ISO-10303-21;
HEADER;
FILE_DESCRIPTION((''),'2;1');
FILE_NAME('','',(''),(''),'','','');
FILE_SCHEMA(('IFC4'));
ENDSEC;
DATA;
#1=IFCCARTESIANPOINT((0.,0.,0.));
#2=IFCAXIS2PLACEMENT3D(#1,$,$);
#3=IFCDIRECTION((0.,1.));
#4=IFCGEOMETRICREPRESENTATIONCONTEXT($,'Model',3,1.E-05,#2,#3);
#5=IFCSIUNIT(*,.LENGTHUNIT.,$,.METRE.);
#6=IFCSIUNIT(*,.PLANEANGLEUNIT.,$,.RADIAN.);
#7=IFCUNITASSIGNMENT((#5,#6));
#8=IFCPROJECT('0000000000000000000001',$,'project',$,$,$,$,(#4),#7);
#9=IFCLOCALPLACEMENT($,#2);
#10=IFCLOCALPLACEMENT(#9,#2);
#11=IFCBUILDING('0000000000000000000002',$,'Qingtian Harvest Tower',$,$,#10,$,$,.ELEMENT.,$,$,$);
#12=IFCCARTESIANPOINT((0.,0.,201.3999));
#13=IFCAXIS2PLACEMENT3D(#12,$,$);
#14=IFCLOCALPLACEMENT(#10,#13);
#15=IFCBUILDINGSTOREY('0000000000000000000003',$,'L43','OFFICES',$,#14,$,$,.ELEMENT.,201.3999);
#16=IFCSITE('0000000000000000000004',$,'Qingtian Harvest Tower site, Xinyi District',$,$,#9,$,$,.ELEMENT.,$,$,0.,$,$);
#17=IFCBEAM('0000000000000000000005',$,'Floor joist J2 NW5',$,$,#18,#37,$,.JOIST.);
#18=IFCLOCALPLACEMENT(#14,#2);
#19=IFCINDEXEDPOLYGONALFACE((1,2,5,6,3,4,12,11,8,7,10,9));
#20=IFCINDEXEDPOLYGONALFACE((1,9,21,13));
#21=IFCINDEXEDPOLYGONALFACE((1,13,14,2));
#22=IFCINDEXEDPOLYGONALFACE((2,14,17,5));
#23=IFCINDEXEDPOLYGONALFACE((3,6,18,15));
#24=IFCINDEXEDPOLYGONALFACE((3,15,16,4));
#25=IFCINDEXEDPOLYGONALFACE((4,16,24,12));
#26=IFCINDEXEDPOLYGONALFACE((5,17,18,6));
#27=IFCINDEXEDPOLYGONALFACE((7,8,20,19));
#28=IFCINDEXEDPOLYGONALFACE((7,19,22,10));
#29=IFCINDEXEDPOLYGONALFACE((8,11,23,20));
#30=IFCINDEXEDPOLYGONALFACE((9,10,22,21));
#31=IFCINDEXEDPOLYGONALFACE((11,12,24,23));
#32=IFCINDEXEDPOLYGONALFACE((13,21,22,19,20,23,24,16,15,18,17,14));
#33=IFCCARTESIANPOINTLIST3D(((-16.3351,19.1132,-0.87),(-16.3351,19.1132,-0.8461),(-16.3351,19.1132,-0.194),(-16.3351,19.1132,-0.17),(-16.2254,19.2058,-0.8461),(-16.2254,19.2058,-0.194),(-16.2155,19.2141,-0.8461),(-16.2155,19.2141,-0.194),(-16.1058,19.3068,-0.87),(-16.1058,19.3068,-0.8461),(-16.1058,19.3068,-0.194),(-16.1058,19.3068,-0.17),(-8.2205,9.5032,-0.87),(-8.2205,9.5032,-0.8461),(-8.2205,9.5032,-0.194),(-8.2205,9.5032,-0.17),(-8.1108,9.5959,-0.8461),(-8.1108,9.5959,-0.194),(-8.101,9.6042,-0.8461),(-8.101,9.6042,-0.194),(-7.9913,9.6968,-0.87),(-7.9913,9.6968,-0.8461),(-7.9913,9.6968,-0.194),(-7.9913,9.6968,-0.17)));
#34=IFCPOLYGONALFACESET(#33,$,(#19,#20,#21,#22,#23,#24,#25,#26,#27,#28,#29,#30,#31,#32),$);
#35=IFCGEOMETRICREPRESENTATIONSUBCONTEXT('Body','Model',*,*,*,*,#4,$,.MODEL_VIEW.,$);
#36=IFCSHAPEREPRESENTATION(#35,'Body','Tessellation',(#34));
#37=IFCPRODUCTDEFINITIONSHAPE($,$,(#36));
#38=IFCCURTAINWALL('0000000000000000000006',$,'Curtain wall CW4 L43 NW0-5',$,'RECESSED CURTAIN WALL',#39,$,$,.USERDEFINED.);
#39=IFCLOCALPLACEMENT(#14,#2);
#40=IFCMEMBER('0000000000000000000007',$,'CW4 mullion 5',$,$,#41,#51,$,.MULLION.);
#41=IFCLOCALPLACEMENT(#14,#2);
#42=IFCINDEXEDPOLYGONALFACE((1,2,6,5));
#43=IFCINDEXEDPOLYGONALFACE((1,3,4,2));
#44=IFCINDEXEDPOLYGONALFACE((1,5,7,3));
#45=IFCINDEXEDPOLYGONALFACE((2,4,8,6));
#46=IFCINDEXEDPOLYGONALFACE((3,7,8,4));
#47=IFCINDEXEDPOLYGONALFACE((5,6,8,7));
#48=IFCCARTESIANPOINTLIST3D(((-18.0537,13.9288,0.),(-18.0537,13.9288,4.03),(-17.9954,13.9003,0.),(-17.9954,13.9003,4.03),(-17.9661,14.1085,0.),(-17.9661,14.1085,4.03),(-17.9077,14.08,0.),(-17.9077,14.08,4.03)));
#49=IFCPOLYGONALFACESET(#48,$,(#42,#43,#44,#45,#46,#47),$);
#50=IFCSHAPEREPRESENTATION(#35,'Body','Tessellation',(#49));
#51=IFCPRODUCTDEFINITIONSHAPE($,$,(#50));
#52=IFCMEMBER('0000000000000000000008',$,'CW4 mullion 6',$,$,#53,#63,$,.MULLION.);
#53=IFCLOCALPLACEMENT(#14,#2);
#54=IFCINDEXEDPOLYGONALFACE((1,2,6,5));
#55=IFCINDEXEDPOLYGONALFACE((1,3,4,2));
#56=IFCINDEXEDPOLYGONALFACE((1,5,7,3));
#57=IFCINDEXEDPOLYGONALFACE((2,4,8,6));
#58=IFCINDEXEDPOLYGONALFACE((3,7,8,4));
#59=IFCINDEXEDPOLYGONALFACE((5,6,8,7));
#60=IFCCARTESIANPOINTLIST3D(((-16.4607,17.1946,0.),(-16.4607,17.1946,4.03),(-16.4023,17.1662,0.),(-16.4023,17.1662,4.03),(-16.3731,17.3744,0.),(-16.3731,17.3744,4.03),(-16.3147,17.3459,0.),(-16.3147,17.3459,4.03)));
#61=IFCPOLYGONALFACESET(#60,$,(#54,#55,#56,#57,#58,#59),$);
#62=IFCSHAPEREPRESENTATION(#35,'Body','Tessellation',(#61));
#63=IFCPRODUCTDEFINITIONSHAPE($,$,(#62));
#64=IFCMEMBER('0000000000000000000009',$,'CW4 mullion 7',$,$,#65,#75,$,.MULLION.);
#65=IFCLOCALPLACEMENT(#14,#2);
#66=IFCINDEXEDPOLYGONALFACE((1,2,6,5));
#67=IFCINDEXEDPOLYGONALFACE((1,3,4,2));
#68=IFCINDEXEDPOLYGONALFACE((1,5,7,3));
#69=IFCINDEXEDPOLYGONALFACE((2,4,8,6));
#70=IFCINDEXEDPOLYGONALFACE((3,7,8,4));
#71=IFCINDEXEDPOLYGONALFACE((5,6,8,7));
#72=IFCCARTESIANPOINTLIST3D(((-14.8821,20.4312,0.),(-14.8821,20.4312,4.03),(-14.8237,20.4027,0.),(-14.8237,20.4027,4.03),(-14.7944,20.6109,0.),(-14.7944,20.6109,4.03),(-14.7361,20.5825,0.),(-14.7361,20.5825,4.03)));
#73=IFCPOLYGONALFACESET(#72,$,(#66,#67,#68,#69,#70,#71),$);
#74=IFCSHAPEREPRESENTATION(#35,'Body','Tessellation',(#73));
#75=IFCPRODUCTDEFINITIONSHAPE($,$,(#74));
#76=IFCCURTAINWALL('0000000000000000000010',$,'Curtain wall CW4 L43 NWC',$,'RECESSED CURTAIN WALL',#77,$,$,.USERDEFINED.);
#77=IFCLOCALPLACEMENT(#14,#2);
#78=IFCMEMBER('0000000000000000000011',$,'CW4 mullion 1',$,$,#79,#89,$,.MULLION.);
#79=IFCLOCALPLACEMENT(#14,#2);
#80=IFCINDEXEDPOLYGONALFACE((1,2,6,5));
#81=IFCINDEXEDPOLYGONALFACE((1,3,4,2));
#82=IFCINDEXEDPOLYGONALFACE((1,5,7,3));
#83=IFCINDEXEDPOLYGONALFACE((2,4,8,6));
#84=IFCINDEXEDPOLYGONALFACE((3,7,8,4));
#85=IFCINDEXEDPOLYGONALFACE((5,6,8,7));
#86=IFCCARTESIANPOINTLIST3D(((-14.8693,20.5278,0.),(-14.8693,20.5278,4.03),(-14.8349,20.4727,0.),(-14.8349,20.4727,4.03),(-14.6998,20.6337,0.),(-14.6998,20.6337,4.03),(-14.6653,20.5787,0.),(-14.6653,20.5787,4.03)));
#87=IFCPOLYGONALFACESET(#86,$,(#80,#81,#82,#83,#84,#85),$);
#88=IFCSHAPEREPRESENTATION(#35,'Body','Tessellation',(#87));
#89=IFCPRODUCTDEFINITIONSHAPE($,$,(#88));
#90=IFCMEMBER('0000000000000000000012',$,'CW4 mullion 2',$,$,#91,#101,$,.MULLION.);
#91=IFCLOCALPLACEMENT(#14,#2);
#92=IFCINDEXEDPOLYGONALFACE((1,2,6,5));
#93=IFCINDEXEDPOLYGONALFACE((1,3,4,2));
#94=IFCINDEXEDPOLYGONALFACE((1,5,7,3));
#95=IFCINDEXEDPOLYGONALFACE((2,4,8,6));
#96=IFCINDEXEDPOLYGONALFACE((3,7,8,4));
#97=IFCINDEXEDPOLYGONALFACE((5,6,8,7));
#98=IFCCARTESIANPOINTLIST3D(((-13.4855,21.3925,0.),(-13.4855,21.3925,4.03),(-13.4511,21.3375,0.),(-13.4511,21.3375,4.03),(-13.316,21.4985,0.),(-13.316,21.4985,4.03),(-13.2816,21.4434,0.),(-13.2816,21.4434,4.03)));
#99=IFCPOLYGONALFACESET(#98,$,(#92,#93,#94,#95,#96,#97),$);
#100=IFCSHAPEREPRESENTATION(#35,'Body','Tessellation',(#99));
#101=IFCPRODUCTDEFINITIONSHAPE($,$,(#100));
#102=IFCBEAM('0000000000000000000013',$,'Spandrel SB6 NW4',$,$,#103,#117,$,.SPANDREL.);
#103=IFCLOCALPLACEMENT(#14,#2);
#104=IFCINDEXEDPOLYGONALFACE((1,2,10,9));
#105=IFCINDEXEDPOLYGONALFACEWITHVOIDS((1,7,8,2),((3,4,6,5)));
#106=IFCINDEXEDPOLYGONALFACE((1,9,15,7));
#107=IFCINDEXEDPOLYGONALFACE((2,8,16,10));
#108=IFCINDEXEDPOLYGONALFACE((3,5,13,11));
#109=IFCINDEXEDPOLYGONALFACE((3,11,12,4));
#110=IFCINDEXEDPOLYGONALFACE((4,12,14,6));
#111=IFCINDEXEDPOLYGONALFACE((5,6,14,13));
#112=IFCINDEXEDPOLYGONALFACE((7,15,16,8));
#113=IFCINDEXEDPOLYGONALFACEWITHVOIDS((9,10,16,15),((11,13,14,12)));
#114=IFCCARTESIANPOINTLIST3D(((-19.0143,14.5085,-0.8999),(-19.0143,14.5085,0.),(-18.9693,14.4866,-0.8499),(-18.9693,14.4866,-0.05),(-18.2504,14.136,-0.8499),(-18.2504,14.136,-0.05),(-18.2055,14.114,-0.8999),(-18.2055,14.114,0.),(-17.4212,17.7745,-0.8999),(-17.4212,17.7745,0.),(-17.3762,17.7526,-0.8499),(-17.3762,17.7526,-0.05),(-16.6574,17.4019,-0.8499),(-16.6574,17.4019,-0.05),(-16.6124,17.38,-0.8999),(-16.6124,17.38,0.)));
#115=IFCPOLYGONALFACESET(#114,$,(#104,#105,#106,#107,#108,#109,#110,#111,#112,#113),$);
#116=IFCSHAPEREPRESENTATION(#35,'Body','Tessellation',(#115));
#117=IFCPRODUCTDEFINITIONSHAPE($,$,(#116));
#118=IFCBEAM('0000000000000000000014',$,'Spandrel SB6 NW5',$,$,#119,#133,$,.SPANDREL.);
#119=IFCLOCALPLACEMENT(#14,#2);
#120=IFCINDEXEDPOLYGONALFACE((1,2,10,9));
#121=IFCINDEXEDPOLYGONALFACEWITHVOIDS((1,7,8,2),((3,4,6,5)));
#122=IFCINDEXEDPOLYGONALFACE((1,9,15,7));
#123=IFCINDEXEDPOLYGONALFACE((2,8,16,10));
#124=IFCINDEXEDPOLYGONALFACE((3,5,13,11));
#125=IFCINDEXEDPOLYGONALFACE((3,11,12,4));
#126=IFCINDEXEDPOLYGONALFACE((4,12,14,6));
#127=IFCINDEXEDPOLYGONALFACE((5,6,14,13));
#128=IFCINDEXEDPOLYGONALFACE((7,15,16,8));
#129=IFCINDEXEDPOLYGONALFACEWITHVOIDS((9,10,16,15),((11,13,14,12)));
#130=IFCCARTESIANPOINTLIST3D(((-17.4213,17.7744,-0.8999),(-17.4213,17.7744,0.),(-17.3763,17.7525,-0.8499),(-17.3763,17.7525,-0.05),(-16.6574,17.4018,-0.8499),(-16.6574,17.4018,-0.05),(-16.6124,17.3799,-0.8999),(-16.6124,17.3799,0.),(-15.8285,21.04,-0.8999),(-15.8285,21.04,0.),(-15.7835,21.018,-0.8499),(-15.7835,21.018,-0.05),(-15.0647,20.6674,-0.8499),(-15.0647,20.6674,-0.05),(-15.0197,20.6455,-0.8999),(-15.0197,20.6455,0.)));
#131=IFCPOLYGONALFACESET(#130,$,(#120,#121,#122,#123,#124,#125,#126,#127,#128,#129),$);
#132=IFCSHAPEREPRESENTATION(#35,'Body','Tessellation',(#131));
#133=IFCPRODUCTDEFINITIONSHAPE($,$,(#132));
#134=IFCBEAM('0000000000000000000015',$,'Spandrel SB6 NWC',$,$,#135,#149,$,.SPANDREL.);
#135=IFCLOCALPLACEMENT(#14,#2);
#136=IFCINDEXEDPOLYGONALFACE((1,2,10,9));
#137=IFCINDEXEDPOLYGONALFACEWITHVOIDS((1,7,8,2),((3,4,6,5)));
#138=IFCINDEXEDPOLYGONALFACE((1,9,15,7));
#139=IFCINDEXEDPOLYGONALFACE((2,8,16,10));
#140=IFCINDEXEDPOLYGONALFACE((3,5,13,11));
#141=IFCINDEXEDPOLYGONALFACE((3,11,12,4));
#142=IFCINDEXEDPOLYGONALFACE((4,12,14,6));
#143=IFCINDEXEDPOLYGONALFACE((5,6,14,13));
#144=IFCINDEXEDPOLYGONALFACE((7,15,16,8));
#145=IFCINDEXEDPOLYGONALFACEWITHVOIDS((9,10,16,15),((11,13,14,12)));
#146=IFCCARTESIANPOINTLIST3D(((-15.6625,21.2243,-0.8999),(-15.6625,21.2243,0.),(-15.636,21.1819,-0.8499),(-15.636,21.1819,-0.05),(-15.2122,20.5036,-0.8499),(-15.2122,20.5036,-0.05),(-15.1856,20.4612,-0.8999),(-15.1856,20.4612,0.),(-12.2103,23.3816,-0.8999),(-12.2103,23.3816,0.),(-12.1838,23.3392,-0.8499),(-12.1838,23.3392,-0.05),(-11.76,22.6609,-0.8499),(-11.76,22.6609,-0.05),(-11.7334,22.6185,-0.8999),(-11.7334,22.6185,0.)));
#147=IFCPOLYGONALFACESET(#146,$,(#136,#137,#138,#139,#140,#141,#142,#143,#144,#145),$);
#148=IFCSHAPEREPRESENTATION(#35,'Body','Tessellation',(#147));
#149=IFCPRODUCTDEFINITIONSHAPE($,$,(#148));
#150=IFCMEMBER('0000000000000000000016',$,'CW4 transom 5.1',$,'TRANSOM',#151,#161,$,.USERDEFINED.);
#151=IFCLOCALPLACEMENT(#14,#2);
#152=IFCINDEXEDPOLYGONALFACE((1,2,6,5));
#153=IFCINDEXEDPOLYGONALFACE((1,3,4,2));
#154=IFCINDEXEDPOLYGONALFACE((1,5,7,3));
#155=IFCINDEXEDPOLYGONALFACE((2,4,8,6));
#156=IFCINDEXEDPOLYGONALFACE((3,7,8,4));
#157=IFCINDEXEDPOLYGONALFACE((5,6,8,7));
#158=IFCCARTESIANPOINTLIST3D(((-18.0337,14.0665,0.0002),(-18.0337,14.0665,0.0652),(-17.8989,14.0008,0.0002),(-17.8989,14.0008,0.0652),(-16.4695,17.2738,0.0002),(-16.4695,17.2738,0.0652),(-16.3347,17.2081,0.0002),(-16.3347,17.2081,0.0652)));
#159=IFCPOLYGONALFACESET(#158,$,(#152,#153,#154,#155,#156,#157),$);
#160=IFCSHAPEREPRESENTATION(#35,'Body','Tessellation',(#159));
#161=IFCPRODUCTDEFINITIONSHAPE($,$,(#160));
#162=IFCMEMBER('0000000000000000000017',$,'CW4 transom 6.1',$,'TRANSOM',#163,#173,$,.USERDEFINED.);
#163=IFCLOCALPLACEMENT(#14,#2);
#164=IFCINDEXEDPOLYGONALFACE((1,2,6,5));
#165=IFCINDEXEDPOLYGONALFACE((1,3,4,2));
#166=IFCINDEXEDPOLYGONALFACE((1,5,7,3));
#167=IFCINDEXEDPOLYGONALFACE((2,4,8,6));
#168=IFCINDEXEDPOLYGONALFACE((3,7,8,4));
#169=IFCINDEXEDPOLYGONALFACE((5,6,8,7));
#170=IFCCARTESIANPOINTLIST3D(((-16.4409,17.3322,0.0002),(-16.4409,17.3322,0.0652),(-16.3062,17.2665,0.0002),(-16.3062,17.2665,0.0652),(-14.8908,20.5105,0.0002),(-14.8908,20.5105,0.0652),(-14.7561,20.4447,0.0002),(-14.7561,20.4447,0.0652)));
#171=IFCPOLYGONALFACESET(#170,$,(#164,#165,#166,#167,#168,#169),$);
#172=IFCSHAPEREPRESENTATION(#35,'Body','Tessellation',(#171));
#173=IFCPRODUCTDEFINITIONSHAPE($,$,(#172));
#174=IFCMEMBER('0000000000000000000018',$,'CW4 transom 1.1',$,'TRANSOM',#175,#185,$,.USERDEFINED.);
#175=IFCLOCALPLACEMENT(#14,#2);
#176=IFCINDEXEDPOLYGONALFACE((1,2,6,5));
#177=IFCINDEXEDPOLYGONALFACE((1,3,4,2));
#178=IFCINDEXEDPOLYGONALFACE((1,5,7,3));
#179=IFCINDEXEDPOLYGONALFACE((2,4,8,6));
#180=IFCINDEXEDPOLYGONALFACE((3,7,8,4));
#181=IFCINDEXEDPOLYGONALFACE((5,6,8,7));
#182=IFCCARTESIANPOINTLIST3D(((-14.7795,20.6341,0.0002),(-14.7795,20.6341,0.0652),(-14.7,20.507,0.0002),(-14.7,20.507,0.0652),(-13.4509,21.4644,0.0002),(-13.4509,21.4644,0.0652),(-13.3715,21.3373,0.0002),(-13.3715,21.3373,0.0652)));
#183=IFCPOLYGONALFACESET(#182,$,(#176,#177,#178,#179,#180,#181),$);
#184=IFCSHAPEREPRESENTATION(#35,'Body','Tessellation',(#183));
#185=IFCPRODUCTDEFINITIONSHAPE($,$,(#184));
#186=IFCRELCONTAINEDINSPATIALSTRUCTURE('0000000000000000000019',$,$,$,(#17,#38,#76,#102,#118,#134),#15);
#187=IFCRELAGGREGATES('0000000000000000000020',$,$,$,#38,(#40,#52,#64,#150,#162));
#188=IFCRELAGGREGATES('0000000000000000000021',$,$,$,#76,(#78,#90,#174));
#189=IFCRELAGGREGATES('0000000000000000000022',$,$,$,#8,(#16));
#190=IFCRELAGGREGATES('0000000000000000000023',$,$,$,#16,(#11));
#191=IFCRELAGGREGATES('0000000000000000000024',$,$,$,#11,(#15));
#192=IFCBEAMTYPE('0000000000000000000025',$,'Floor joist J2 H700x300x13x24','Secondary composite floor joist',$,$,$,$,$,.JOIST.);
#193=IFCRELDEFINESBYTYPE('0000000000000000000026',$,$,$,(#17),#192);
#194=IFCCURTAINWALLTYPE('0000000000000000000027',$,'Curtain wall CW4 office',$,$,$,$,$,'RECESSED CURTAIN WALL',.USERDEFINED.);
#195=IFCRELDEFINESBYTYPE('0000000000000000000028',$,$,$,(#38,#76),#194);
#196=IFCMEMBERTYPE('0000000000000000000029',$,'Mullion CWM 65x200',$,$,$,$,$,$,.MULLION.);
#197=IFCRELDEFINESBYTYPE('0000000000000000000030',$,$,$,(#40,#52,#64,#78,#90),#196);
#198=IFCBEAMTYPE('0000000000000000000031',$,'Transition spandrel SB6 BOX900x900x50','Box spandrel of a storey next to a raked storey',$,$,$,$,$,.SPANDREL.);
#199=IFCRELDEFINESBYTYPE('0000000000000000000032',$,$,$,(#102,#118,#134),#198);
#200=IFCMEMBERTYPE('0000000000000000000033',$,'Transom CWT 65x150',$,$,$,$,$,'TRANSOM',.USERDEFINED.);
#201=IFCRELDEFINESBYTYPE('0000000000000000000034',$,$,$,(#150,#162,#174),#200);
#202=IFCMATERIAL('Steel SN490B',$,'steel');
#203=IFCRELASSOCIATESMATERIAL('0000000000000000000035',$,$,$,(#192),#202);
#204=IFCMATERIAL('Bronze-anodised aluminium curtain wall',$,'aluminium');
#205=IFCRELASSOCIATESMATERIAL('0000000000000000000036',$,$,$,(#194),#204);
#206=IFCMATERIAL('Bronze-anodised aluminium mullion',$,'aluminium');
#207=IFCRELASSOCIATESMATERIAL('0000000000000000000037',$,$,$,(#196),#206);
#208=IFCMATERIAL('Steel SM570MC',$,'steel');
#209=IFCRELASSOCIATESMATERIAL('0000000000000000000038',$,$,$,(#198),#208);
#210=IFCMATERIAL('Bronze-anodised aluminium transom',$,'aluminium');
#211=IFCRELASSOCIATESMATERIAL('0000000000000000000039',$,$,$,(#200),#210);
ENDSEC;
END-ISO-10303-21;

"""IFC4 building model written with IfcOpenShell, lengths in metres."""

from ifc_helpers import new_model, si_unit, direction, frame, origin, origin_2d, place, context, subcontext, project, spatial, rectangle, hollow_rectangle, i_section, extrude, material, material_profile, profile_set, type_object, element, aggregate, save


model = new_model("IFC4")

# Units and contexts
model_context = context("Model", 3, precision=1e-05, world=origin(), true_north=direction((0.0, 1.0)))
body_context = subcontext(model_context, "Body", "Model", "MODEL_VIEW")
ifc_project = project(units=[si_unit("LENGTHUNIT", "METRE"), si_unit("PLANEANGLEUNIT", "RADIAN")], contexts=[model_context])

# Site, building, storey
site_placement = place(None, origin())
site = spatial("IfcSite", under=ifc_project, at=site_placement, Name="Qingtian Harvest Tower site, Xinyi District", CompositionType="ELEMENT", RefElevation=0.0)
building_placement = place(site_placement, origin())
building = spatial("IfcBuilding", under=site, at=building_placement, Name="Qingtian Harvest Tower", CompositionType="ELEMENT")
storey_placement = place(building_placement, frame((0.0, 0.0, 201.3999)))
storey = spatial("IfcBuildingStorey", under=building, at=storey_placement, Name="L43", Description="OFFICES", CompositionType="ELEMENT", Elevation=201.3999)

# Beam
ifc_material_1 = material(Name="Steel SN490B", Category="steel")
ifc_material_profile_1 = material_profile(ifc_material_1, i_section(OverallWidth=0.3, OverallDepth=0.7, WebThickness=0.0129, FlangeThickness=0.0239, at=origin_2d()), Name="H700x300x13x24")
ifc_profile_set_1 = profile_set([ifc_material_profile_1], Name="Steel SN490B")
beam_type_1 = type_object("IfcBeamType", Name="Floor joist J2 H700x300x13x24", Description="Secondary composite floor joist", PredefinedType="JOIST", material=ifc_profile_set_1)
beam_1_placement = place(storey_placement, frame((-16.2205, 19.21, -0.52), z_axis=(0.645158, -0.764049, 0.0), x_axis=(0.764049, 0.645158, 0.0)))
element("IfcBeam", 1, at=beam_1_placement, inside=storey, type_object=beam_type_1, Name="Floor joist J2 NW5", PredefinedType="JOIST", context=body_context, shape_type="SweptSolid", body=[
    extrude(i_section(OverallWidth=0.3, OverallDepth=0.7, WebThickness=0.0129, FlangeThickness=0.0239, at=origin_2d()), origin(), (0.0, 0.0, 1.0), 12.5776),
])

# Curtain walls, members
ifc_material_2 = material(Name="Bronze-anodised aluminium curtain wall", Category="aluminium")
curtain_wall_type = type_object("IfcCurtainWallType", Name="Curtain wall CW4 office", ElementType="RECESSED CURTAIN WALL", PredefinedType="USERDEFINED", material=ifc_material_2)
curtain_wall_1_placement = place(storey_placement, origin())
curtain_wall_1 = element("IfcCurtainWall", 2, at=curtain_wall_1_placement, inside=storey, type_object=curtain_wall_type, Name="Curtain wall CW4 L43 NW0-5", ObjectType="RECESSED CURTAIN WALL", PredefinedType="USERDEFINED")
ifc_material_3 = material(Name="Bronze-anodised aluminium mullion", Category="aluminium")
ifc_material_profile_2 = material_profile(ifc_material_3, rectangle(XDim=0.0649, YDim=0.2, at=origin_2d()), Name="AL 65x200")
ifc_profile_set_2 = profile_set([ifc_material_profile_2], Name="Bronze-anodised aluminium mullion")
member_type_1 = type_object("IfcMemberType", Name="Mullion CWM 65x200", PredefinedType="MULLION", material=ifc_profile_set_2)
member_1_placement = place(storey_placement, frame((-17.9807, 14.0044, 0.0), z_axis=(0.0, 0.0, 1.0), x_axis=(-0.898794, 0.438371, 0.0)))
member_1 = element("IfcMember", 3, at=member_1_placement, type_object=member_type_1, Name="CW4 mullion 5", PredefinedType="MULLION", context=body_context, shape_type="SweptSolid", body=[
    extrude(rectangle(XDim=0.0649, YDim=0.2, at=origin_2d()), origin(), (0.0, 0.0, 1.0), 4.03),
])
member_2_placement = place(storey_placement, frame((-16.3877, 17.2703, 0.0), z_axis=(0.0, 0.0, 1.0), x_axis=(-0.898794, 0.438371, 0.0)))
member_2 = element("IfcMember", 4, at=member_2_placement, type_object=member_type_1, Name="CW4 mullion 6", PredefinedType="MULLION", context=body_context, shape_type="SweptSolid", body=[
    extrude(rectangle(XDim=0.0649, YDim=0.2, at=origin_2d()), origin(), (0.0, 0.0, 1.0), 4.03),
])
member_3_placement = place(storey_placement, frame((-14.8091, 20.5068, 0.0), z_axis=(0.0, 0.0, 1.0), x_axis=(-0.898794, 0.438371, 0.0)))
member_3 = element("IfcMember", 5, at=member_3_placement, type_object=member_type_1, Name="CW4 mullion 7", PredefinedType="MULLION", context=body_context, shape_type="SweptSolid", body=[
    extrude(rectangle(XDim=0.0649, YDim=0.2, at=origin_2d()), origin(), (0.0, 0.0, 1.0), 4.03),
])
curtain_wall_2_placement = place(storey_placement, origin())
curtain_wall_2 = element("IfcCurtainWall", 6, at=curtain_wall_2_placement, inside=storey, type_object=curtain_wall_type, Name="Curtain wall CW4 L43 NWC", ObjectType="RECESSED CURTAIN WALL", PredefinedType="USERDEFINED")
member_4_placement = place(storey_placement, frame((-14.7673, 20.5532, 0.0), z_axis=(0.0, 0.0, 1.0), x_axis=(-0.529919, 0.848048, 0.0)))
member_4 = element("IfcMember", 7, at=member_4_placement, type_object=member_type_1, Name="CW4 mullion 1", PredefinedType="MULLION", context=body_context, shape_type="SweptSolid", body=[
    extrude(rectangle(XDim=0.0649, YDim=0.2, at=origin_2d()), origin(), (0.0, 0.0, 1.0), 4.03),
])
member_5_placement = place(storey_placement, frame((-13.3835, 21.418, 0.0), z_axis=(0.0, 0.0, 1.0), x_axis=(-0.529919, 0.848048, 0.0)))
member_5 = element("IfcMember", 8, at=member_5_placement, type_object=member_type_1, Name="CW4 mullion 2", PredefinedType="MULLION", context=body_context, shape_type="SweptSolid", body=[
    extrude(rectangle(XDim=0.0649, YDim=0.2, at=origin_2d()), origin(), (0.0, 0.0, 1.0), 4.03),
])

# Beams
ifc_material_4 = material(Name="Steel SM570MC", Category="steel")
ifc_material_profile_3 = material_profile(ifc_material_4, hollow_rectangle(XDim=0.8999, YDim=0.8999, WallThickness=0.05, at=origin_2d()), Name="BOX900x900x50")
ifc_profile_set_3 = profile_set([ifc_material_profile_3], Name="Steel SM570MC")
beam_type_2 = type_object("IfcBeamType", Name="Transition spandrel SB6 BOX900x900x50", Description="Box spandrel of a storey next to a raked storey", PredefinedType="SPANDREL", material=ifc_profile_set_3)
beam_2_placement = place(storey_placement, frame((-18.6099, 14.3113, -0.45), z_axis=(0.438404, 0.898778, 0.0), x_axis=(-0.898778, 0.438404, 0.0)))
element("IfcBeam", 9, at=beam_2_placement, inside=storey, type_object=beam_type_2, Name="Spandrel SB6 NW4", PredefinedType="SPANDREL", context=body_context, shape_type="SweptSolid", body=[
    extrude(hollow_rectangle(XDim=0.8999, YDim=0.8999, WallThickness=0.05, at=origin_2d()), origin(), (0.0, 0.0, 1.0), 3.6338),
])
beam_3_placement = place(storey_placement, frame((-17.0168, 17.5771, -0.45), z_axis=(0.438376, 0.898792, 0.0), x_axis=(-0.898792, 0.438376, 0.0)))
element("IfcBeam", 10, at=beam_3_placement, inside=storey, type_object=beam_type_2, Name="Spandrel SB6 NW5", PredefinedType="SPANDREL", context=body_context, shape_type="SweptSolid", body=[
    extrude(hollow_rectangle(XDim=0.8999, YDim=0.8999, WallThickness=0.05, at=origin_2d()), origin(), (0.0, 0.0, 1.0), 3.6333),
])
beam_4_placement = place(storey_placement, frame((-15.4241, 20.8428, -0.45), z_axis=(0.848039, 0.529934, 0.0), x_axis=(-0.529934, 0.848039, 0.0)))
element("IfcBeam", 11, at=beam_4_placement, inside=storey, type_object=beam_type_2, Name="Spandrel SB6 NWC", PredefinedType="SPANDREL", context=body_context, shape_type="SweptSolid", body=[
    extrude(hollow_rectangle(XDim=0.8999, YDim=0.8999, WallThickness=0.05, at=origin_2d()), origin(), (0.0, 0.0, 1.0), 4.0708),
])

# Members
ifc_material_5 = material(Name="Bronze-anodised aluminium transom", Category="aluminium")
ifc_material_profile_4 = material_profile(ifc_material_5, rectangle(XDim=0.1499, YDim=0.0649, at=origin_2d()), Name="AL 65x150")
ifc_profile_set_4 = profile_set([ifc_material_profile_4], Name="Bronze-anodised aluminium transom")
member_type_2 = type_object("IfcMemberType", Name="Transom CWT 65x150", ElementType="TRANSOM", PredefinedType="USERDEFINED", material=ifc_profile_set_4)
member_6_placement = place(storey_placement, frame((-17.9663, 14.0337, 0.0327), z_axis=(0.438352, 0.898803, 0.0), x_axis=(-0.898803, 0.438352, 0.0)))
member_6 = element("IfcMember", 12, at=member_6_placement, type_object=member_type_2, Name="CW4 transom 5.1", ObjectType="TRANSOM", PredefinedType="USERDEFINED", context=body_context, shape_type="SweptSolid", body=[
    extrude(rectangle(XDim=0.1499, YDim=0.0649, at=origin_2d()), origin(), (0.0, 0.0, 1.0), 3.5684),
])
member_7_placement = place(storey_placement, frame((-16.3735, 17.2993, 0.0327), z_axis=(0.438354, 0.898802, 0.0), x_axis=(-0.898802, 0.438354, 0.0)))
member_7 = element("IfcMember", 13, at=member_7_placement, type_object=member_type_2, Name="CW4 transom 6.1", ObjectType="TRANSOM", PredefinedType="USERDEFINED", context=body_context, shape_type="SweptSolid", body=[
    extrude(rectangle(XDim=0.1499, YDim=0.0649, at=origin_2d()), origin(), (0.0, 0.0, 1.0), 3.5361),
])
member_8_placement = place(storey_placement, frame((-14.7397, 20.5706, 0.0327), z_axis=(0.848016, 0.529971, 0.0), x_axis=(-0.529971, 0.848016, 0.0)))
member_8 = element("IfcMember", 14, at=member_8_placement, type_object=member_type_2, Name="CW4 transom 1.1", ObjectType="TRANSOM", PredefinedType="USERDEFINED", context=body_context, shape_type="SweptSolid", body=[
    extrude(rectangle(XDim=0.1499, YDim=0.0649, at=origin_2d()), origin(), (0.0, 0.0, 1.0), 1.5667),
])

aggregate(curtain_wall_1, [member_1, member_2, member_3, member_6, member_7])
aggregate(curtain_wall_2, [member_4, member_5, member_8])

save(model, "model.ifc")
